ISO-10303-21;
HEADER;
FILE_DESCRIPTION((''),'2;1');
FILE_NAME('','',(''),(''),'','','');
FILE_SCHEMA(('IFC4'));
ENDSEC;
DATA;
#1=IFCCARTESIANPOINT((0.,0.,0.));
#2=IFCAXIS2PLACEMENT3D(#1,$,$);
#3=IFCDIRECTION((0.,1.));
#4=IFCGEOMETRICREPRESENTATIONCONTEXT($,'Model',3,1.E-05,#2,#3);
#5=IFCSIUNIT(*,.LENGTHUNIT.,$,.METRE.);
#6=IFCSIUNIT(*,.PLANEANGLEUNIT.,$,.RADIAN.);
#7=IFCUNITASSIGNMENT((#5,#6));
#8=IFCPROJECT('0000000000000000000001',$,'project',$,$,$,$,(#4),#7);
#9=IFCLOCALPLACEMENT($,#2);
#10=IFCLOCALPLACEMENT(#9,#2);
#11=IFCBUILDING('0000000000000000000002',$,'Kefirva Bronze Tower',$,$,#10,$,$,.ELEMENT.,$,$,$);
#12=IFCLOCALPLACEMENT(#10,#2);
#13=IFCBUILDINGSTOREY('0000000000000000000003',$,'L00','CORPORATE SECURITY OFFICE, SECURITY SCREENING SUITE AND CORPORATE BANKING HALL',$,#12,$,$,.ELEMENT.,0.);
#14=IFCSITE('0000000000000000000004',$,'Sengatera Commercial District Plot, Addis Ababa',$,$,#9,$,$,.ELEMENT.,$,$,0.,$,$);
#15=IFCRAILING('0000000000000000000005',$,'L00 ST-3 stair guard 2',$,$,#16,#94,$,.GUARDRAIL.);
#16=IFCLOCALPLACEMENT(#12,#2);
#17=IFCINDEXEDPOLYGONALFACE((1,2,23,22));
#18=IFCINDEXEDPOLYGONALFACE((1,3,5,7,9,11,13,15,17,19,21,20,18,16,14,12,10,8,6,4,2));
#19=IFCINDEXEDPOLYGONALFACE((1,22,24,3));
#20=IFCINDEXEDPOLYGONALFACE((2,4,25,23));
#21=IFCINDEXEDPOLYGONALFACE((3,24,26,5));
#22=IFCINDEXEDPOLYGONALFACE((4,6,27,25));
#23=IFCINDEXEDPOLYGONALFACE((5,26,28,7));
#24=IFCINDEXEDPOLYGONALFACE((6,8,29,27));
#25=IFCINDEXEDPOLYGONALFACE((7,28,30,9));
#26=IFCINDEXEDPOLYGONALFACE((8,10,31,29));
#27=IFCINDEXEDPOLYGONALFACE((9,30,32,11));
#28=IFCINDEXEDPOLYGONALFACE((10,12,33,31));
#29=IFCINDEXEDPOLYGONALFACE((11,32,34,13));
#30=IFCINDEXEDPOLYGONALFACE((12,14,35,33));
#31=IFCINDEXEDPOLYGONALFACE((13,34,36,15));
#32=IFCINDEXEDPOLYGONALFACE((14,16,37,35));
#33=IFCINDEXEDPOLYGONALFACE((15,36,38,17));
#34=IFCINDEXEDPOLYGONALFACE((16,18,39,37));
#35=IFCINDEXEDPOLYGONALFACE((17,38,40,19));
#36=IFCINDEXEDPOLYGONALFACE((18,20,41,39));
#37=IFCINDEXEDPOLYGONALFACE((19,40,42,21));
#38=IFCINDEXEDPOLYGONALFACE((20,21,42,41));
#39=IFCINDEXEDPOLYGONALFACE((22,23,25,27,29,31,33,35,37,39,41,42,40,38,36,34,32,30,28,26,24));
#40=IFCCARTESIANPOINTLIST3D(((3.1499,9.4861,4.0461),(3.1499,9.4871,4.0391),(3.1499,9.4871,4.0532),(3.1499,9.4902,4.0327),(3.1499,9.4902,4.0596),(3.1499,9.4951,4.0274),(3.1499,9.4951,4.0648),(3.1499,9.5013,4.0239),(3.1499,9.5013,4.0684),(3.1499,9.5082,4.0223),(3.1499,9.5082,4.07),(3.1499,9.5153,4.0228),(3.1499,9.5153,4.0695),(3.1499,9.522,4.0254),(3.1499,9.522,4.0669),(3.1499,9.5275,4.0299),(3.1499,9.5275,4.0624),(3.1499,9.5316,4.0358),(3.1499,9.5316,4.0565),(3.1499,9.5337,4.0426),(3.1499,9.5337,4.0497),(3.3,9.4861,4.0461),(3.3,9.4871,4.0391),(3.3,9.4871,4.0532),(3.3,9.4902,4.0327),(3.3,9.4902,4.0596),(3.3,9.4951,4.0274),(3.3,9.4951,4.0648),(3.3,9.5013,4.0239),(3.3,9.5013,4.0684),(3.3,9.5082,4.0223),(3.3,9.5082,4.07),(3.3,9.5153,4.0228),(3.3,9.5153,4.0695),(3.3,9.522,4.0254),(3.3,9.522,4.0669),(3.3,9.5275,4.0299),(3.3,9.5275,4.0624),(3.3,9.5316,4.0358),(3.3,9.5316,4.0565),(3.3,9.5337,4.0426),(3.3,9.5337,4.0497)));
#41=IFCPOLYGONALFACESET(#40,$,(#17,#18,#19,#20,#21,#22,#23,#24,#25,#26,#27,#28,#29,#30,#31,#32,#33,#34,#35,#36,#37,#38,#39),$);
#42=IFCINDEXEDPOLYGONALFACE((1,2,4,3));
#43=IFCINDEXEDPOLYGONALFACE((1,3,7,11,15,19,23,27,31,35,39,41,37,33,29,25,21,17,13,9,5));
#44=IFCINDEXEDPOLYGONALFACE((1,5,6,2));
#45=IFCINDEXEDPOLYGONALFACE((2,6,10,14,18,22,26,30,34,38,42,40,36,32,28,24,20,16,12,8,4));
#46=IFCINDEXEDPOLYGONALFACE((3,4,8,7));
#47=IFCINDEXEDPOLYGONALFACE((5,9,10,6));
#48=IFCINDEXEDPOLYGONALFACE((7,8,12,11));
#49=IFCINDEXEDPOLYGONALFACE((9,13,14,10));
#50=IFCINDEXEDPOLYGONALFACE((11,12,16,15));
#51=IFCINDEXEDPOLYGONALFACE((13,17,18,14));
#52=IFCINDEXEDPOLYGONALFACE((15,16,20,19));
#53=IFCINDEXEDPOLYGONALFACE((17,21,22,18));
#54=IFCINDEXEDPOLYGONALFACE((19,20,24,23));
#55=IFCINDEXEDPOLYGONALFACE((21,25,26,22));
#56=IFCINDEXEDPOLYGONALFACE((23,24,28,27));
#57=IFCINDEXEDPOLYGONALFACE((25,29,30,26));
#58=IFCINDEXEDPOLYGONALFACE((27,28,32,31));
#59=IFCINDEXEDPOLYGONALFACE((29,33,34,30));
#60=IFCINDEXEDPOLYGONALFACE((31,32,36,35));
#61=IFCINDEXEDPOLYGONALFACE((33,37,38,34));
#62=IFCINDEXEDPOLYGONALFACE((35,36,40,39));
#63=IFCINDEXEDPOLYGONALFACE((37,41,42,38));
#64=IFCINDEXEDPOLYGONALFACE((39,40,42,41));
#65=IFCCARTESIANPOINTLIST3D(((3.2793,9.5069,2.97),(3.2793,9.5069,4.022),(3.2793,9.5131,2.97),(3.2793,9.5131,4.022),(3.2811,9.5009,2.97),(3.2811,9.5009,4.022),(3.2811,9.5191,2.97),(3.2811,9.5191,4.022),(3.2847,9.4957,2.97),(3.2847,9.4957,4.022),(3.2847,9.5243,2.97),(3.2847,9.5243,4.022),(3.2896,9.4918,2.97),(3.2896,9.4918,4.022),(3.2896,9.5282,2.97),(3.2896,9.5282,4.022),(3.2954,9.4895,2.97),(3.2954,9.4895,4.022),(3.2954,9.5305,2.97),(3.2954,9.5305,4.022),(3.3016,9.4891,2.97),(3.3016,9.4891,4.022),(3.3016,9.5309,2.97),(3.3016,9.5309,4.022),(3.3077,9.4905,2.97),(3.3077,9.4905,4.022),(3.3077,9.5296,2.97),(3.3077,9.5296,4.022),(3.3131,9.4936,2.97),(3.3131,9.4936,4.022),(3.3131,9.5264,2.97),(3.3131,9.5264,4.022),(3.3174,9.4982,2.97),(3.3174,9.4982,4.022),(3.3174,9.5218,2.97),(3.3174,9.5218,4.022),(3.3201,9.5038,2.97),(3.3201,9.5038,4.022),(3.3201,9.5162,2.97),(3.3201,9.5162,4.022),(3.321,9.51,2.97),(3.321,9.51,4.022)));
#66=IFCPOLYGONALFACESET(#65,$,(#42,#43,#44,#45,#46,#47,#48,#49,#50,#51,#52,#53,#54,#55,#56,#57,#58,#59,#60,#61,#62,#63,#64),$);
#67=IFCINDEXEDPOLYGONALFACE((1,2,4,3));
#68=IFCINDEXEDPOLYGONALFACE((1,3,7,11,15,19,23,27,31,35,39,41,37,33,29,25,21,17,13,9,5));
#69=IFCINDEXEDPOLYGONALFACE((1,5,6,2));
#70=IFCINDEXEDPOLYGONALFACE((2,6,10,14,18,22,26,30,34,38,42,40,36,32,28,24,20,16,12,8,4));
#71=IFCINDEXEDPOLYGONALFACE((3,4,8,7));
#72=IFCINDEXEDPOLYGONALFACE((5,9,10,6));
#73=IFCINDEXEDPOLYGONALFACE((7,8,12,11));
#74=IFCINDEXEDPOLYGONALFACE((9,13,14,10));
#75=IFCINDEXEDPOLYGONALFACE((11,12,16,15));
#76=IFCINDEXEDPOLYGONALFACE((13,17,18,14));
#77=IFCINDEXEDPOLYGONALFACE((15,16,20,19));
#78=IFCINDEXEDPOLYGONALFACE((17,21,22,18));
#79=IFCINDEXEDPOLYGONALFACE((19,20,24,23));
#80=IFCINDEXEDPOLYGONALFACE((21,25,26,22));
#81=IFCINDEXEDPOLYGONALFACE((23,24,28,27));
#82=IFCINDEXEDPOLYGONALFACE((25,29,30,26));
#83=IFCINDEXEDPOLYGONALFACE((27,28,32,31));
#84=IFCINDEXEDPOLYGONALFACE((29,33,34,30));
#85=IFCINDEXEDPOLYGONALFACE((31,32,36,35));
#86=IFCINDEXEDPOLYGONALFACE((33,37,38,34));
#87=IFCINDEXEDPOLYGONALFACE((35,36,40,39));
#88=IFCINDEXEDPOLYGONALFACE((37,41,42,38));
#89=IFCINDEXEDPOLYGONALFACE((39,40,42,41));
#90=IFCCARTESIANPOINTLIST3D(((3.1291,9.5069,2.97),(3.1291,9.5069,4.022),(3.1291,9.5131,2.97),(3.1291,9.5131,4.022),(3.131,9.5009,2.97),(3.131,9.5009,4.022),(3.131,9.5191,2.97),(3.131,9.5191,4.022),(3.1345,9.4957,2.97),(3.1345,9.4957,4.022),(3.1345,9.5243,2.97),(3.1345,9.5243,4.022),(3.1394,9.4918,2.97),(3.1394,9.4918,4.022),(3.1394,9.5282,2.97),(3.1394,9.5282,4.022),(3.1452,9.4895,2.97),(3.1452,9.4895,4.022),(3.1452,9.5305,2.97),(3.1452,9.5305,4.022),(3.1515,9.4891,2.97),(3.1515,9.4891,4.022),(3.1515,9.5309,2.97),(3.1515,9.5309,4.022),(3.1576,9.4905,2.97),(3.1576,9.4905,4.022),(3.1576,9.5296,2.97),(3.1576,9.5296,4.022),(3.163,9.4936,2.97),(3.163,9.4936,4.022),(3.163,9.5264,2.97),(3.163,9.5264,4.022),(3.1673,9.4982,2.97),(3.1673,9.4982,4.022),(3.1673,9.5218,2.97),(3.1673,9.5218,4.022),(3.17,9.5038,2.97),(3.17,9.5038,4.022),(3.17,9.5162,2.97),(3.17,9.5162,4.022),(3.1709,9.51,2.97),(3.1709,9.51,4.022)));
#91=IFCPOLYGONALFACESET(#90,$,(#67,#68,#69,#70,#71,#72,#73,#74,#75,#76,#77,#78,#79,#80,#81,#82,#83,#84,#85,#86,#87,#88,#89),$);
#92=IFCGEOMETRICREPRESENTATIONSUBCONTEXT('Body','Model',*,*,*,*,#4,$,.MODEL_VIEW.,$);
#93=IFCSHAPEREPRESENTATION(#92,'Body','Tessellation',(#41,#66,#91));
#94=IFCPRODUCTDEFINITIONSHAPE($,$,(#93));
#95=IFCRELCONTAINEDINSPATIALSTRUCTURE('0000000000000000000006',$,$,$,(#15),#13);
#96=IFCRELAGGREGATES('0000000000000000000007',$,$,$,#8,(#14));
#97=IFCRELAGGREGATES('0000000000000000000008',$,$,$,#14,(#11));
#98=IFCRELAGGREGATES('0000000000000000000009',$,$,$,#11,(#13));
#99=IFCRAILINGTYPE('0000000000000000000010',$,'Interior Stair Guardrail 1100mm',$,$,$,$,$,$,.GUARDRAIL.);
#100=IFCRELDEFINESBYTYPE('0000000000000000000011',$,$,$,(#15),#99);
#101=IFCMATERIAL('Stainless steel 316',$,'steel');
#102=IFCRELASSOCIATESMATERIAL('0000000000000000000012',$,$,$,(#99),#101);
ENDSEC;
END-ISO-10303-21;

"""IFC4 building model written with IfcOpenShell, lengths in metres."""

from ifc_helpers import new_model, si_unit, direction, frame, origin, origin_2d, place, context, subcontext, project, spatial, circle, extrude, material, type_object, element, save


model = new_model("IFC4")

# Units and contexts
model_context = context("Model", 3, precision=1e-05, world=origin(), true_north=direction((0.0, 1.0)))
body_context = subcontext(model_context, "Body", "Model", "MODEL_VIEW")
ifc_project = project(units=[si_unit("LENGTHUNIT", "METRE"), si_unit("PLANEANGLEUNIT", "RADIAN")], contexts=[model_context])

# Site, building, storey
site_placement = place(None, origin())
site = spatial("IfcSite", under=ifc_project, at=site_placement, Name="Sengatera Commercial District Plot, Addis Ababa", CompositionType="ELEMENT", RefElevation=0.0)
building_placement = place(site_placement, origin())
building = spatial("IfcBuilding", under=site, at=building_placement, Name="Kefirva Bronze Tower", CompositionType="ELEMENT")
storey_placement = place(building_placement, origin())
storey = spatial("IfcBuildingStorey", under=building, at=storey_placement, Name="L00", Description="CORPORATE SECURITY OFFICE, SECURITY SCREENING SUITE AND CORPORATE BANKING HALL", CompositionType="ELEMENT", Elevation=0.0)

# Railing
ifc_material_1 = material(Name="Stainless steel 316", Category="steel")
railing_type_1 = type_object("IfcRailingType", Name="Interior Stair Guardrail 1100mm", PredefinedType="GUARDRAIL", material=ifc_material_1)
railing_1_placement = place(storey_placement, frame((3.3, 9.51, 2.97)))
element("IfcRailing", 1, at=railing_1_placement, inside=storey, type_object=railing_type_1, Name="L00 ST-3 stair guard 2", PredefinedType="GUARDRAIL", context=body_context, shape_type="SweptSolid", body=[
    extrude(circle(Radius=0.0239, at=origin_2d()), frame((0.0, 0.0, 1.0762), z_axis=(-1.0, 0.0, 0.0), x_axis=(0.0, -1.0, 0.0)), (0.0, 0.0, 1.0), 0.1501),
    extrude(circle(Radius=0.021, at=origin_2d()), origin(), (0.0, 0.0, 1.0), 1.052),
    extrude(circle(Radius=0.021, at=origin_2d()), frame((-0.1501, 0.0, 0.0)), (0.0, 0.0, 1.0), 1.052),
])

save(model, "model.ifc")
